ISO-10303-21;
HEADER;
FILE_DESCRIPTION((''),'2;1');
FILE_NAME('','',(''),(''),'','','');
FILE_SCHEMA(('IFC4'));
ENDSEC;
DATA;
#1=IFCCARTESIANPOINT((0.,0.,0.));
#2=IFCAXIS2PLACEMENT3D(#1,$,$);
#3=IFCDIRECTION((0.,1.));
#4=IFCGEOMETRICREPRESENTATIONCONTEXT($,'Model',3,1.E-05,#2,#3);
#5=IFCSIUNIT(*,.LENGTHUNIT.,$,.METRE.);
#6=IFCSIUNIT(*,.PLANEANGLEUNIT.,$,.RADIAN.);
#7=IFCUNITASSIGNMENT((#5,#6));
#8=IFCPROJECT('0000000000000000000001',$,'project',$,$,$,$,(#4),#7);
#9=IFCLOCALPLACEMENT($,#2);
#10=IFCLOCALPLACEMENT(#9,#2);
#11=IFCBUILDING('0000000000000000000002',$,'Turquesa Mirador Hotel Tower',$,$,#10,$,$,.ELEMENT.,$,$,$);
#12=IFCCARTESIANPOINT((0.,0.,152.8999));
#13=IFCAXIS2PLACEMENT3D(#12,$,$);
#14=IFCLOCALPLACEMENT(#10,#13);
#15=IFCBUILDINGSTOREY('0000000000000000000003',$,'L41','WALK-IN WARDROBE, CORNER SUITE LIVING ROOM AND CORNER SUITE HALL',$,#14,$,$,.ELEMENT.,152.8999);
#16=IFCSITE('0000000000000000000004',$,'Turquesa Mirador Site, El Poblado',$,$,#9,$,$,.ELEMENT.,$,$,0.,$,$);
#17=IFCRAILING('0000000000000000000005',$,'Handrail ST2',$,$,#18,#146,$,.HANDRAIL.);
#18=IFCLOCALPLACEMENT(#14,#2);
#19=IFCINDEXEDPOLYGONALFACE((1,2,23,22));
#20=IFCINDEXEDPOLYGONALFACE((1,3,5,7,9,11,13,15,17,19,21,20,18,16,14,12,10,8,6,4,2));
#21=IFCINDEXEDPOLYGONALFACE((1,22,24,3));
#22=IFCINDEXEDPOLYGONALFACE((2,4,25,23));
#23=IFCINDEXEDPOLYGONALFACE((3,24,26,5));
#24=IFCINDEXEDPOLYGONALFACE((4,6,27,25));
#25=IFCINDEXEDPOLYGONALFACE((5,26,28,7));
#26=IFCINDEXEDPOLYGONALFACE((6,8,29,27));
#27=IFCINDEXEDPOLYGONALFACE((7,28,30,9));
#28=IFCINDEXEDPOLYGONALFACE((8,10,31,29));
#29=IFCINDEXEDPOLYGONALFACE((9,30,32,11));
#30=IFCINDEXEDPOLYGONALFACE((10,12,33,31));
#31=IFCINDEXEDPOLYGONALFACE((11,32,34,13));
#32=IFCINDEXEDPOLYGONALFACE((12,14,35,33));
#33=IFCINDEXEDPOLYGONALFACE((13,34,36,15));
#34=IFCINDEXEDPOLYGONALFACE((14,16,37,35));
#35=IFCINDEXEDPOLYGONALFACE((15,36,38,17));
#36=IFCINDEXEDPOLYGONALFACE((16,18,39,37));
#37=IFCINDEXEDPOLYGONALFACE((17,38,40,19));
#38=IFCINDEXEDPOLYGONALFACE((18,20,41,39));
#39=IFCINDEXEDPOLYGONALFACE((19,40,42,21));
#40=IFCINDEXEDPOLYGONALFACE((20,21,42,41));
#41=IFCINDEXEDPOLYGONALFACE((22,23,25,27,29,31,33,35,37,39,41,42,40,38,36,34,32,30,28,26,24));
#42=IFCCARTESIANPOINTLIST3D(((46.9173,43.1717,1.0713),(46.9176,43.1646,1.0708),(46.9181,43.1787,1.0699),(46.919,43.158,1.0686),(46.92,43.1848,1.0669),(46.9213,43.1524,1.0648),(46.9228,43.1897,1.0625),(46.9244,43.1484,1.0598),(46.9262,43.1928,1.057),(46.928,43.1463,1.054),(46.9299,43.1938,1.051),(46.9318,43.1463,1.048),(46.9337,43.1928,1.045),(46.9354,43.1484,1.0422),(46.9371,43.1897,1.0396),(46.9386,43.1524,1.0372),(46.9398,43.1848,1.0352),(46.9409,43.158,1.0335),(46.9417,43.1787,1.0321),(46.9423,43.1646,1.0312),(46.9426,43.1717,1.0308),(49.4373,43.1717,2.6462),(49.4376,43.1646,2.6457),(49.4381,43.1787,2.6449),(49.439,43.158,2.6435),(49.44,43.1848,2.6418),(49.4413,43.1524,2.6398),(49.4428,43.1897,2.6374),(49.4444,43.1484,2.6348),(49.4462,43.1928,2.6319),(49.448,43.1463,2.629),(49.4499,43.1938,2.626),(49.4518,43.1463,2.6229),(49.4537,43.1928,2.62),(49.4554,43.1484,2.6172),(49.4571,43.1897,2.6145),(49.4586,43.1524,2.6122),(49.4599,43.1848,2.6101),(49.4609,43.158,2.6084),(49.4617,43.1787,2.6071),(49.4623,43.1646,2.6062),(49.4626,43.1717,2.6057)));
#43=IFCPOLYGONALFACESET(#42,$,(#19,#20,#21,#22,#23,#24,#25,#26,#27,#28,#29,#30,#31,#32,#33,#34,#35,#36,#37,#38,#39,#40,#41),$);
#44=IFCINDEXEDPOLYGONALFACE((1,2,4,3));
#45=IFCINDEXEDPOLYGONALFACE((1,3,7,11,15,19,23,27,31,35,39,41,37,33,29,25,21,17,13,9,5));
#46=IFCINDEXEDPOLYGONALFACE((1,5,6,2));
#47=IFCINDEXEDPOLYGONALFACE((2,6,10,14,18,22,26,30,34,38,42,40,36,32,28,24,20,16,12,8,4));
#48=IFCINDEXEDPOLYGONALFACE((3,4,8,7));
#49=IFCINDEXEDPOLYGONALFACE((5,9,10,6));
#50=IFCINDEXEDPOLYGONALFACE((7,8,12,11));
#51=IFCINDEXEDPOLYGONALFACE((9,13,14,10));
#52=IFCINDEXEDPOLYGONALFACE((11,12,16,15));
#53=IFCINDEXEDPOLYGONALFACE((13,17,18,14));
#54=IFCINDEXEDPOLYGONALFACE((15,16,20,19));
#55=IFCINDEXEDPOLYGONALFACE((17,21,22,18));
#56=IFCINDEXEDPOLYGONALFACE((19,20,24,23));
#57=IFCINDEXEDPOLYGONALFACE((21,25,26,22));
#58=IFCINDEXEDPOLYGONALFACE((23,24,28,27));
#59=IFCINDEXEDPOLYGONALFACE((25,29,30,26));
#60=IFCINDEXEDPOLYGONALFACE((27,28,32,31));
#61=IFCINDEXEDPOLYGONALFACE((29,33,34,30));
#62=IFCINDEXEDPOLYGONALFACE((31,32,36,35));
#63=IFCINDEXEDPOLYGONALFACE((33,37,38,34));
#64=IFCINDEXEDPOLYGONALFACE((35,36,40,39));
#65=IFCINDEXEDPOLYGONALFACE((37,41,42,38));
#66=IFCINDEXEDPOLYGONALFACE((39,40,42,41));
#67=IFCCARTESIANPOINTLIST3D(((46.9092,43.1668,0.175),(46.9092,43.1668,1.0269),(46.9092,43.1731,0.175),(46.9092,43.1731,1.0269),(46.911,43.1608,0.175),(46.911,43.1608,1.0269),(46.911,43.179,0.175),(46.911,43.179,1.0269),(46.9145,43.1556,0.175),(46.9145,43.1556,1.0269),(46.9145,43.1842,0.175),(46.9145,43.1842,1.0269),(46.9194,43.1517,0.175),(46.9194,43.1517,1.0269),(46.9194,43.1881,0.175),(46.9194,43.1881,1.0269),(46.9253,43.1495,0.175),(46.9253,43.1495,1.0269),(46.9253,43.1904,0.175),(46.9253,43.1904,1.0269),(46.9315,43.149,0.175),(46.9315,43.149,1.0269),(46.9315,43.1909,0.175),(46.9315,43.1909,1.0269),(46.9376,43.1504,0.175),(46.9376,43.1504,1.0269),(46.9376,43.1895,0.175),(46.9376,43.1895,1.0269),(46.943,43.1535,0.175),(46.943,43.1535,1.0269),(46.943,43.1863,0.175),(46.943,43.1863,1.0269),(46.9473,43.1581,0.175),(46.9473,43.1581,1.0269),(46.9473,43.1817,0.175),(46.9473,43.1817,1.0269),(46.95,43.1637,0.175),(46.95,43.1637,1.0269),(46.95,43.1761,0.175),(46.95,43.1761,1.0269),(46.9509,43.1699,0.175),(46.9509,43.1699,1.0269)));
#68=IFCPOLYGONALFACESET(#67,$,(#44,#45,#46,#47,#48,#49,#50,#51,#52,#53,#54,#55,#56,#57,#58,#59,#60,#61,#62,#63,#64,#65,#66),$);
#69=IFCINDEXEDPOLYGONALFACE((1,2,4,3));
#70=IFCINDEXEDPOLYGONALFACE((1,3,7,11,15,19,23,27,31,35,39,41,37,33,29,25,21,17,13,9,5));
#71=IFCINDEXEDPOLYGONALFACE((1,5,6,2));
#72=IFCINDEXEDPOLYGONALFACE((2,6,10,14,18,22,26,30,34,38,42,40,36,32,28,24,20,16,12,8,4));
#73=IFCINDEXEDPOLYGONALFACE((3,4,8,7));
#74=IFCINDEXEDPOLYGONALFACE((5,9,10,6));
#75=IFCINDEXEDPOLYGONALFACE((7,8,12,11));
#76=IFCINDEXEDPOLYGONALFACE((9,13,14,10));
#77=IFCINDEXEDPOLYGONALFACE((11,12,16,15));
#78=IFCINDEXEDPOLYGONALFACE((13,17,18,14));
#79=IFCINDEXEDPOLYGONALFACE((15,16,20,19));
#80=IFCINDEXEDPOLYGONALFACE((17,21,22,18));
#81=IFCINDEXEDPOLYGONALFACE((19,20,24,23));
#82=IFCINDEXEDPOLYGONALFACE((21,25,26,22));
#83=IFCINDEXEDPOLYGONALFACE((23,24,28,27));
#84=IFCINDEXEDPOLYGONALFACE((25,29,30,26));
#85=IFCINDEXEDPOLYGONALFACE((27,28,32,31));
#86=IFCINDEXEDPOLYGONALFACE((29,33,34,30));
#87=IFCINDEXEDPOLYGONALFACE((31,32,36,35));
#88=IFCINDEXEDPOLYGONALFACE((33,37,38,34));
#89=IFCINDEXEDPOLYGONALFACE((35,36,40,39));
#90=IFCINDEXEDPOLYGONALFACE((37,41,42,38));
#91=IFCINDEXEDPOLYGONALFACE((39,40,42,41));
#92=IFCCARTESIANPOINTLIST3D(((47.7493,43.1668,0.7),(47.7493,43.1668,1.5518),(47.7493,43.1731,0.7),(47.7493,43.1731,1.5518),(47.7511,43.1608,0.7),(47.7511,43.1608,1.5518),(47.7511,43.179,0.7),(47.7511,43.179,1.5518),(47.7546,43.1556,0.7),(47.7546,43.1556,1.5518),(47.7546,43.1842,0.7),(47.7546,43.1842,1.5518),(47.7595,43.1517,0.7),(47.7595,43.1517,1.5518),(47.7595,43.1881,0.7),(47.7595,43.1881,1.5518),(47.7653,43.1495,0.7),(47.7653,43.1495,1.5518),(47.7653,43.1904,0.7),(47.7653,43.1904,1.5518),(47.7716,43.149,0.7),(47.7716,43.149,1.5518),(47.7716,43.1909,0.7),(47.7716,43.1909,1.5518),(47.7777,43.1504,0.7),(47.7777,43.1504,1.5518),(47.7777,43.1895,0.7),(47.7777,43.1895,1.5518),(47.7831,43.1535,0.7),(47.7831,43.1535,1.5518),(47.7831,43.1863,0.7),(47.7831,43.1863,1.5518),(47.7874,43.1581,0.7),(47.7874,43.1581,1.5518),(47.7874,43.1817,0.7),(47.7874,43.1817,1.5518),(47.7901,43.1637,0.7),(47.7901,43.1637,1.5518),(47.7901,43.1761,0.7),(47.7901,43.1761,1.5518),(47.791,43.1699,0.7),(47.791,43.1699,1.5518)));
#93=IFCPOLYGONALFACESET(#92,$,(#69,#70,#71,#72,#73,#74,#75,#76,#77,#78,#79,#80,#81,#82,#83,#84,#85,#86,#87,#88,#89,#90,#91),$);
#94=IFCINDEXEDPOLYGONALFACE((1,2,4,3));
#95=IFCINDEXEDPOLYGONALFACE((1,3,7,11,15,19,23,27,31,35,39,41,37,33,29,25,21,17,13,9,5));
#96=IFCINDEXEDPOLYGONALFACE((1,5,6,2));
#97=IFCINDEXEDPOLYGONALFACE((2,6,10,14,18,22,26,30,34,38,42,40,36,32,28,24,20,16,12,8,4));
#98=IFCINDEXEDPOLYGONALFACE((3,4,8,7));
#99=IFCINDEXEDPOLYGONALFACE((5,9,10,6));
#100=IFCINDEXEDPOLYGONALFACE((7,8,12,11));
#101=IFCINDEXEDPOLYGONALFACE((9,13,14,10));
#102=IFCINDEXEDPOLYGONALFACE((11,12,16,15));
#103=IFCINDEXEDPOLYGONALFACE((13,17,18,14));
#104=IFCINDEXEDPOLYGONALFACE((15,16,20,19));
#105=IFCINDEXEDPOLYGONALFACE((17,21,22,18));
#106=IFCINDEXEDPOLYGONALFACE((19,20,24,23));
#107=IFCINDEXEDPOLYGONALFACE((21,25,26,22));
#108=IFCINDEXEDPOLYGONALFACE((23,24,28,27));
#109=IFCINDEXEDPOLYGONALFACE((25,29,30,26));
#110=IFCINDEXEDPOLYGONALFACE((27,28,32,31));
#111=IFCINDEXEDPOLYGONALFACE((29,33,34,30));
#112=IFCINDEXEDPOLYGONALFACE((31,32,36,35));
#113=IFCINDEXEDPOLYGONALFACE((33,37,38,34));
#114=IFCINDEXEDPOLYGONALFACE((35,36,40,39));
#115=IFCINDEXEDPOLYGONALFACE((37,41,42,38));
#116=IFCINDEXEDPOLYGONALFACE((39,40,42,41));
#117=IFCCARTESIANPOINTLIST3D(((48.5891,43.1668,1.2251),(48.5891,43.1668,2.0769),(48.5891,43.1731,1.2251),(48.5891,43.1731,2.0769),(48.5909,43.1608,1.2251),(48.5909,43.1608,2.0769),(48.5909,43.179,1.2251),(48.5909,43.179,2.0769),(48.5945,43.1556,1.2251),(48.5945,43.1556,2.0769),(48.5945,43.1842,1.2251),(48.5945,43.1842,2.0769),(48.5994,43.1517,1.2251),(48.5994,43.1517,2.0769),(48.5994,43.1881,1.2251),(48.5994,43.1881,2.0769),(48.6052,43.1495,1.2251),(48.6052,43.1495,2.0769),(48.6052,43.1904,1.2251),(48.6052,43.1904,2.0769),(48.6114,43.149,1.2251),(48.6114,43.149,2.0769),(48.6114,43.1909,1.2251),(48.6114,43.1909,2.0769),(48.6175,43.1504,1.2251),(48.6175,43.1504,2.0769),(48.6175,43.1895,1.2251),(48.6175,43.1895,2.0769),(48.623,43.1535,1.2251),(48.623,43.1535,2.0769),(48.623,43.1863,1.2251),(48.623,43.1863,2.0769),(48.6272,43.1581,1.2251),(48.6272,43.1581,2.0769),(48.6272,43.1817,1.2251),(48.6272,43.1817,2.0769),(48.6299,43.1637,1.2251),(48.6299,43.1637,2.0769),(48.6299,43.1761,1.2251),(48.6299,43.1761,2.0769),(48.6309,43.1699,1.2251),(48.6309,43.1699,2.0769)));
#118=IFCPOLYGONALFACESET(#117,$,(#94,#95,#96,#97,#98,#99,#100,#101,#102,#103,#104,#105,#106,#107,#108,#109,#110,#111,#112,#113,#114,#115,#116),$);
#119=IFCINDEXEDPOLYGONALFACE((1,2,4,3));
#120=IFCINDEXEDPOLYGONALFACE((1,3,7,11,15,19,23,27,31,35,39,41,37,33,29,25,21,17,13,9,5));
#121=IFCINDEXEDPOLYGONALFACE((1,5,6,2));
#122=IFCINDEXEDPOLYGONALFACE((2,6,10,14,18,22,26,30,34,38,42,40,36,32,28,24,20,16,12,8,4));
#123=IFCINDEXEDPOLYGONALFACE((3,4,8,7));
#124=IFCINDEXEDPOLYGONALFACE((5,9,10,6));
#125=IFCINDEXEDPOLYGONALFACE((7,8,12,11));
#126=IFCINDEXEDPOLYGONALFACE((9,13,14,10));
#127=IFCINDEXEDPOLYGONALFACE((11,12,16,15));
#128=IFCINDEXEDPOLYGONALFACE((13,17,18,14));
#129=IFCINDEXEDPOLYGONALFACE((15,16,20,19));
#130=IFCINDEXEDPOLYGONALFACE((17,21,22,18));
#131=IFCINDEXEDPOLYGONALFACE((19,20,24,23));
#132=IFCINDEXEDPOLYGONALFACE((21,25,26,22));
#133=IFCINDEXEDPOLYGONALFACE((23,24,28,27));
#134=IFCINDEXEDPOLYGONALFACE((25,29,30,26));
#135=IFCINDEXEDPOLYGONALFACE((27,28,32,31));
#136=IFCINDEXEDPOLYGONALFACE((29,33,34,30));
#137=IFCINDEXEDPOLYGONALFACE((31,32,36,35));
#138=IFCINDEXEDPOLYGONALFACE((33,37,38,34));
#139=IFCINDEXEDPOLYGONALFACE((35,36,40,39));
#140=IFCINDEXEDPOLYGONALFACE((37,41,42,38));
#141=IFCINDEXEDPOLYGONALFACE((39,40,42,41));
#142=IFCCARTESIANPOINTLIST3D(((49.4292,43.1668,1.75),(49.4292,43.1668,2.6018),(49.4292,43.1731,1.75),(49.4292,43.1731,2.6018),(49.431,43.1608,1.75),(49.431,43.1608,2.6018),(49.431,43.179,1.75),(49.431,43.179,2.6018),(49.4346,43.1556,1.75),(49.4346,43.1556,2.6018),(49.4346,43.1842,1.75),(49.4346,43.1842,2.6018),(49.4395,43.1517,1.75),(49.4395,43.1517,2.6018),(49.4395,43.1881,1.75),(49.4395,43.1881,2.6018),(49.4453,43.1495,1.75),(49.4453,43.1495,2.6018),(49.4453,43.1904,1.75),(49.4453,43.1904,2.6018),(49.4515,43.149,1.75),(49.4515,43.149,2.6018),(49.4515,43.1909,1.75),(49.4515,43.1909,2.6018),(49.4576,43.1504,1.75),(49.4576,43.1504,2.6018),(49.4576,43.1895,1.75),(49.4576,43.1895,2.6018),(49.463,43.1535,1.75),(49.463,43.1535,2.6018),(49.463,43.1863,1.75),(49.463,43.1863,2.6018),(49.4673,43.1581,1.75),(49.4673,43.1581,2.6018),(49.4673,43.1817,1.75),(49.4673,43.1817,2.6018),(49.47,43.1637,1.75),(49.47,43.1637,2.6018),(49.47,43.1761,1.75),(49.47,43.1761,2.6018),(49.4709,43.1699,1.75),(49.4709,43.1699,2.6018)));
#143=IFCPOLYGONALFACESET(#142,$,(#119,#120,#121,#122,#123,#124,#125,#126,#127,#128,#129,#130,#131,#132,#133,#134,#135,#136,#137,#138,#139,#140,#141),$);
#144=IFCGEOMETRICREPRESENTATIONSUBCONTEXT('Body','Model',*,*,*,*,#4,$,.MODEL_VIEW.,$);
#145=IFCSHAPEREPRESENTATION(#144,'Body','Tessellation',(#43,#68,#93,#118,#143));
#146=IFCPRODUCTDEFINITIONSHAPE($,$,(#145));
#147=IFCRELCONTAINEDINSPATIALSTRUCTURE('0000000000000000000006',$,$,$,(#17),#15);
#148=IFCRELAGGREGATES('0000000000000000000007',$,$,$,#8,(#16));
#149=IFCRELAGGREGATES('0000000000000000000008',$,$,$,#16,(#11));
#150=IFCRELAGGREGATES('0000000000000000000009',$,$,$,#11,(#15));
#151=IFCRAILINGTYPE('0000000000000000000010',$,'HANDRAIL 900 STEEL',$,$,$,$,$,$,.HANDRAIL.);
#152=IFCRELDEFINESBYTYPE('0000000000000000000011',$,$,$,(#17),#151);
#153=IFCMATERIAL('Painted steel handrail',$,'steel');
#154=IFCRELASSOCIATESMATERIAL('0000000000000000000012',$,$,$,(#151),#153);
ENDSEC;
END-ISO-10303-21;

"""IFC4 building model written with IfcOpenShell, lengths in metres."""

from ifc_helpers import new_model, si_unit, direction, frame, origin, origin_2d, place, context, subcontext, project, spatial, circle, extrude, material, type_object, element, save


model = new_model("IFC4")

# Units and contexts
model_context = context("Model", 3, precision=1e-05, world=origin(), true_north=direction((0.0, 1.0)))
body_context = subcontext(model_context, "Body", "Model", "MODEL_VIEW")
ifc_project = project(units=[si_unit("LENGTHUNIT", "METRE"), si_unit("PLANEANGLEUNIT", "RADIAN")], contexts=[model_context])

# Site, building, storey
site_placement = place(None, origin())
site = spatial("IfcSite", under=ifc_project, at=site_placement, Name="Turquesa Mirador Site, El Poblado", CompositionType="ELEMENT", RefElevation=0.0)
building_placement = place(site_placement, origin())
building = spatial("IfcBuilding", under=site, at=building_placement, Name="Turquesa Mirador Hotel Tower", CompositionType="ELEMENT")
storey_placement = place(building_placement, frame((0.0, 0.0, 152.8999)))
storey = spatial("IfcBuildingStorey", under=building, at=storey_placement, Name="L41", Description="WALK-IN WARDROBE, CORNER SUITE LIVING ROOM AND CORNER SUITE HALL", CompositionType="ELEMENT", Elevation=152.8999)

# Railing
ifc_material_1 = material(Name="Painted steel handrail", Category="steel")
railing_type = type_object("IfcRailingType", Name="HANDRAIL 900 STEEL", PredefinedType="HANDRAIL", material=ifc_material_1)
for number, where, name in (
    (1, (46.9299, 43.1699, 0.175), "Handrail ST2"),
):
    element("IfcRailing", number, at=place(storey_placement, frame(where)), inside=storey, type_object=railing_type, Name=name, PredefinedType="HANDRAIL", context=body_context, shape_type="SweptSolid", body=[
        extrude(circle(Radius=0.0239, at=origin_2d()), frame((0.0, 0.0, 0.876), z_axis=(0.848008, 0.0, 0.529984), x_axis=(0.0, 1.0, 0.0)), (0.0, 0.0, 1.0), 2.9717),
        extrude(circle(Radius=0.021, at=origin_2d()), origin(), (0.0, 0.0, 1.0), 0.8518),
        extrude(circle(Radius=0.021, at=origin_2d()), frame((0.8401, 0.0, 0.5249)), (0.0, 0.0, 1.0), 0.8518),
        extrude(circle(Radius=0.021, at=origin_2d()), frame((1.6799, 0.0, 1.05)), (0.0, 0.0, 1.0), 0.8518),
        extrude(circle(Radius=0.021, at=origin_2d()), frame((2.52, 0.0, 1.575)), (0.0, 0.0, 1.0), 0.8518),
    ])

save(model, "model.ifc")
